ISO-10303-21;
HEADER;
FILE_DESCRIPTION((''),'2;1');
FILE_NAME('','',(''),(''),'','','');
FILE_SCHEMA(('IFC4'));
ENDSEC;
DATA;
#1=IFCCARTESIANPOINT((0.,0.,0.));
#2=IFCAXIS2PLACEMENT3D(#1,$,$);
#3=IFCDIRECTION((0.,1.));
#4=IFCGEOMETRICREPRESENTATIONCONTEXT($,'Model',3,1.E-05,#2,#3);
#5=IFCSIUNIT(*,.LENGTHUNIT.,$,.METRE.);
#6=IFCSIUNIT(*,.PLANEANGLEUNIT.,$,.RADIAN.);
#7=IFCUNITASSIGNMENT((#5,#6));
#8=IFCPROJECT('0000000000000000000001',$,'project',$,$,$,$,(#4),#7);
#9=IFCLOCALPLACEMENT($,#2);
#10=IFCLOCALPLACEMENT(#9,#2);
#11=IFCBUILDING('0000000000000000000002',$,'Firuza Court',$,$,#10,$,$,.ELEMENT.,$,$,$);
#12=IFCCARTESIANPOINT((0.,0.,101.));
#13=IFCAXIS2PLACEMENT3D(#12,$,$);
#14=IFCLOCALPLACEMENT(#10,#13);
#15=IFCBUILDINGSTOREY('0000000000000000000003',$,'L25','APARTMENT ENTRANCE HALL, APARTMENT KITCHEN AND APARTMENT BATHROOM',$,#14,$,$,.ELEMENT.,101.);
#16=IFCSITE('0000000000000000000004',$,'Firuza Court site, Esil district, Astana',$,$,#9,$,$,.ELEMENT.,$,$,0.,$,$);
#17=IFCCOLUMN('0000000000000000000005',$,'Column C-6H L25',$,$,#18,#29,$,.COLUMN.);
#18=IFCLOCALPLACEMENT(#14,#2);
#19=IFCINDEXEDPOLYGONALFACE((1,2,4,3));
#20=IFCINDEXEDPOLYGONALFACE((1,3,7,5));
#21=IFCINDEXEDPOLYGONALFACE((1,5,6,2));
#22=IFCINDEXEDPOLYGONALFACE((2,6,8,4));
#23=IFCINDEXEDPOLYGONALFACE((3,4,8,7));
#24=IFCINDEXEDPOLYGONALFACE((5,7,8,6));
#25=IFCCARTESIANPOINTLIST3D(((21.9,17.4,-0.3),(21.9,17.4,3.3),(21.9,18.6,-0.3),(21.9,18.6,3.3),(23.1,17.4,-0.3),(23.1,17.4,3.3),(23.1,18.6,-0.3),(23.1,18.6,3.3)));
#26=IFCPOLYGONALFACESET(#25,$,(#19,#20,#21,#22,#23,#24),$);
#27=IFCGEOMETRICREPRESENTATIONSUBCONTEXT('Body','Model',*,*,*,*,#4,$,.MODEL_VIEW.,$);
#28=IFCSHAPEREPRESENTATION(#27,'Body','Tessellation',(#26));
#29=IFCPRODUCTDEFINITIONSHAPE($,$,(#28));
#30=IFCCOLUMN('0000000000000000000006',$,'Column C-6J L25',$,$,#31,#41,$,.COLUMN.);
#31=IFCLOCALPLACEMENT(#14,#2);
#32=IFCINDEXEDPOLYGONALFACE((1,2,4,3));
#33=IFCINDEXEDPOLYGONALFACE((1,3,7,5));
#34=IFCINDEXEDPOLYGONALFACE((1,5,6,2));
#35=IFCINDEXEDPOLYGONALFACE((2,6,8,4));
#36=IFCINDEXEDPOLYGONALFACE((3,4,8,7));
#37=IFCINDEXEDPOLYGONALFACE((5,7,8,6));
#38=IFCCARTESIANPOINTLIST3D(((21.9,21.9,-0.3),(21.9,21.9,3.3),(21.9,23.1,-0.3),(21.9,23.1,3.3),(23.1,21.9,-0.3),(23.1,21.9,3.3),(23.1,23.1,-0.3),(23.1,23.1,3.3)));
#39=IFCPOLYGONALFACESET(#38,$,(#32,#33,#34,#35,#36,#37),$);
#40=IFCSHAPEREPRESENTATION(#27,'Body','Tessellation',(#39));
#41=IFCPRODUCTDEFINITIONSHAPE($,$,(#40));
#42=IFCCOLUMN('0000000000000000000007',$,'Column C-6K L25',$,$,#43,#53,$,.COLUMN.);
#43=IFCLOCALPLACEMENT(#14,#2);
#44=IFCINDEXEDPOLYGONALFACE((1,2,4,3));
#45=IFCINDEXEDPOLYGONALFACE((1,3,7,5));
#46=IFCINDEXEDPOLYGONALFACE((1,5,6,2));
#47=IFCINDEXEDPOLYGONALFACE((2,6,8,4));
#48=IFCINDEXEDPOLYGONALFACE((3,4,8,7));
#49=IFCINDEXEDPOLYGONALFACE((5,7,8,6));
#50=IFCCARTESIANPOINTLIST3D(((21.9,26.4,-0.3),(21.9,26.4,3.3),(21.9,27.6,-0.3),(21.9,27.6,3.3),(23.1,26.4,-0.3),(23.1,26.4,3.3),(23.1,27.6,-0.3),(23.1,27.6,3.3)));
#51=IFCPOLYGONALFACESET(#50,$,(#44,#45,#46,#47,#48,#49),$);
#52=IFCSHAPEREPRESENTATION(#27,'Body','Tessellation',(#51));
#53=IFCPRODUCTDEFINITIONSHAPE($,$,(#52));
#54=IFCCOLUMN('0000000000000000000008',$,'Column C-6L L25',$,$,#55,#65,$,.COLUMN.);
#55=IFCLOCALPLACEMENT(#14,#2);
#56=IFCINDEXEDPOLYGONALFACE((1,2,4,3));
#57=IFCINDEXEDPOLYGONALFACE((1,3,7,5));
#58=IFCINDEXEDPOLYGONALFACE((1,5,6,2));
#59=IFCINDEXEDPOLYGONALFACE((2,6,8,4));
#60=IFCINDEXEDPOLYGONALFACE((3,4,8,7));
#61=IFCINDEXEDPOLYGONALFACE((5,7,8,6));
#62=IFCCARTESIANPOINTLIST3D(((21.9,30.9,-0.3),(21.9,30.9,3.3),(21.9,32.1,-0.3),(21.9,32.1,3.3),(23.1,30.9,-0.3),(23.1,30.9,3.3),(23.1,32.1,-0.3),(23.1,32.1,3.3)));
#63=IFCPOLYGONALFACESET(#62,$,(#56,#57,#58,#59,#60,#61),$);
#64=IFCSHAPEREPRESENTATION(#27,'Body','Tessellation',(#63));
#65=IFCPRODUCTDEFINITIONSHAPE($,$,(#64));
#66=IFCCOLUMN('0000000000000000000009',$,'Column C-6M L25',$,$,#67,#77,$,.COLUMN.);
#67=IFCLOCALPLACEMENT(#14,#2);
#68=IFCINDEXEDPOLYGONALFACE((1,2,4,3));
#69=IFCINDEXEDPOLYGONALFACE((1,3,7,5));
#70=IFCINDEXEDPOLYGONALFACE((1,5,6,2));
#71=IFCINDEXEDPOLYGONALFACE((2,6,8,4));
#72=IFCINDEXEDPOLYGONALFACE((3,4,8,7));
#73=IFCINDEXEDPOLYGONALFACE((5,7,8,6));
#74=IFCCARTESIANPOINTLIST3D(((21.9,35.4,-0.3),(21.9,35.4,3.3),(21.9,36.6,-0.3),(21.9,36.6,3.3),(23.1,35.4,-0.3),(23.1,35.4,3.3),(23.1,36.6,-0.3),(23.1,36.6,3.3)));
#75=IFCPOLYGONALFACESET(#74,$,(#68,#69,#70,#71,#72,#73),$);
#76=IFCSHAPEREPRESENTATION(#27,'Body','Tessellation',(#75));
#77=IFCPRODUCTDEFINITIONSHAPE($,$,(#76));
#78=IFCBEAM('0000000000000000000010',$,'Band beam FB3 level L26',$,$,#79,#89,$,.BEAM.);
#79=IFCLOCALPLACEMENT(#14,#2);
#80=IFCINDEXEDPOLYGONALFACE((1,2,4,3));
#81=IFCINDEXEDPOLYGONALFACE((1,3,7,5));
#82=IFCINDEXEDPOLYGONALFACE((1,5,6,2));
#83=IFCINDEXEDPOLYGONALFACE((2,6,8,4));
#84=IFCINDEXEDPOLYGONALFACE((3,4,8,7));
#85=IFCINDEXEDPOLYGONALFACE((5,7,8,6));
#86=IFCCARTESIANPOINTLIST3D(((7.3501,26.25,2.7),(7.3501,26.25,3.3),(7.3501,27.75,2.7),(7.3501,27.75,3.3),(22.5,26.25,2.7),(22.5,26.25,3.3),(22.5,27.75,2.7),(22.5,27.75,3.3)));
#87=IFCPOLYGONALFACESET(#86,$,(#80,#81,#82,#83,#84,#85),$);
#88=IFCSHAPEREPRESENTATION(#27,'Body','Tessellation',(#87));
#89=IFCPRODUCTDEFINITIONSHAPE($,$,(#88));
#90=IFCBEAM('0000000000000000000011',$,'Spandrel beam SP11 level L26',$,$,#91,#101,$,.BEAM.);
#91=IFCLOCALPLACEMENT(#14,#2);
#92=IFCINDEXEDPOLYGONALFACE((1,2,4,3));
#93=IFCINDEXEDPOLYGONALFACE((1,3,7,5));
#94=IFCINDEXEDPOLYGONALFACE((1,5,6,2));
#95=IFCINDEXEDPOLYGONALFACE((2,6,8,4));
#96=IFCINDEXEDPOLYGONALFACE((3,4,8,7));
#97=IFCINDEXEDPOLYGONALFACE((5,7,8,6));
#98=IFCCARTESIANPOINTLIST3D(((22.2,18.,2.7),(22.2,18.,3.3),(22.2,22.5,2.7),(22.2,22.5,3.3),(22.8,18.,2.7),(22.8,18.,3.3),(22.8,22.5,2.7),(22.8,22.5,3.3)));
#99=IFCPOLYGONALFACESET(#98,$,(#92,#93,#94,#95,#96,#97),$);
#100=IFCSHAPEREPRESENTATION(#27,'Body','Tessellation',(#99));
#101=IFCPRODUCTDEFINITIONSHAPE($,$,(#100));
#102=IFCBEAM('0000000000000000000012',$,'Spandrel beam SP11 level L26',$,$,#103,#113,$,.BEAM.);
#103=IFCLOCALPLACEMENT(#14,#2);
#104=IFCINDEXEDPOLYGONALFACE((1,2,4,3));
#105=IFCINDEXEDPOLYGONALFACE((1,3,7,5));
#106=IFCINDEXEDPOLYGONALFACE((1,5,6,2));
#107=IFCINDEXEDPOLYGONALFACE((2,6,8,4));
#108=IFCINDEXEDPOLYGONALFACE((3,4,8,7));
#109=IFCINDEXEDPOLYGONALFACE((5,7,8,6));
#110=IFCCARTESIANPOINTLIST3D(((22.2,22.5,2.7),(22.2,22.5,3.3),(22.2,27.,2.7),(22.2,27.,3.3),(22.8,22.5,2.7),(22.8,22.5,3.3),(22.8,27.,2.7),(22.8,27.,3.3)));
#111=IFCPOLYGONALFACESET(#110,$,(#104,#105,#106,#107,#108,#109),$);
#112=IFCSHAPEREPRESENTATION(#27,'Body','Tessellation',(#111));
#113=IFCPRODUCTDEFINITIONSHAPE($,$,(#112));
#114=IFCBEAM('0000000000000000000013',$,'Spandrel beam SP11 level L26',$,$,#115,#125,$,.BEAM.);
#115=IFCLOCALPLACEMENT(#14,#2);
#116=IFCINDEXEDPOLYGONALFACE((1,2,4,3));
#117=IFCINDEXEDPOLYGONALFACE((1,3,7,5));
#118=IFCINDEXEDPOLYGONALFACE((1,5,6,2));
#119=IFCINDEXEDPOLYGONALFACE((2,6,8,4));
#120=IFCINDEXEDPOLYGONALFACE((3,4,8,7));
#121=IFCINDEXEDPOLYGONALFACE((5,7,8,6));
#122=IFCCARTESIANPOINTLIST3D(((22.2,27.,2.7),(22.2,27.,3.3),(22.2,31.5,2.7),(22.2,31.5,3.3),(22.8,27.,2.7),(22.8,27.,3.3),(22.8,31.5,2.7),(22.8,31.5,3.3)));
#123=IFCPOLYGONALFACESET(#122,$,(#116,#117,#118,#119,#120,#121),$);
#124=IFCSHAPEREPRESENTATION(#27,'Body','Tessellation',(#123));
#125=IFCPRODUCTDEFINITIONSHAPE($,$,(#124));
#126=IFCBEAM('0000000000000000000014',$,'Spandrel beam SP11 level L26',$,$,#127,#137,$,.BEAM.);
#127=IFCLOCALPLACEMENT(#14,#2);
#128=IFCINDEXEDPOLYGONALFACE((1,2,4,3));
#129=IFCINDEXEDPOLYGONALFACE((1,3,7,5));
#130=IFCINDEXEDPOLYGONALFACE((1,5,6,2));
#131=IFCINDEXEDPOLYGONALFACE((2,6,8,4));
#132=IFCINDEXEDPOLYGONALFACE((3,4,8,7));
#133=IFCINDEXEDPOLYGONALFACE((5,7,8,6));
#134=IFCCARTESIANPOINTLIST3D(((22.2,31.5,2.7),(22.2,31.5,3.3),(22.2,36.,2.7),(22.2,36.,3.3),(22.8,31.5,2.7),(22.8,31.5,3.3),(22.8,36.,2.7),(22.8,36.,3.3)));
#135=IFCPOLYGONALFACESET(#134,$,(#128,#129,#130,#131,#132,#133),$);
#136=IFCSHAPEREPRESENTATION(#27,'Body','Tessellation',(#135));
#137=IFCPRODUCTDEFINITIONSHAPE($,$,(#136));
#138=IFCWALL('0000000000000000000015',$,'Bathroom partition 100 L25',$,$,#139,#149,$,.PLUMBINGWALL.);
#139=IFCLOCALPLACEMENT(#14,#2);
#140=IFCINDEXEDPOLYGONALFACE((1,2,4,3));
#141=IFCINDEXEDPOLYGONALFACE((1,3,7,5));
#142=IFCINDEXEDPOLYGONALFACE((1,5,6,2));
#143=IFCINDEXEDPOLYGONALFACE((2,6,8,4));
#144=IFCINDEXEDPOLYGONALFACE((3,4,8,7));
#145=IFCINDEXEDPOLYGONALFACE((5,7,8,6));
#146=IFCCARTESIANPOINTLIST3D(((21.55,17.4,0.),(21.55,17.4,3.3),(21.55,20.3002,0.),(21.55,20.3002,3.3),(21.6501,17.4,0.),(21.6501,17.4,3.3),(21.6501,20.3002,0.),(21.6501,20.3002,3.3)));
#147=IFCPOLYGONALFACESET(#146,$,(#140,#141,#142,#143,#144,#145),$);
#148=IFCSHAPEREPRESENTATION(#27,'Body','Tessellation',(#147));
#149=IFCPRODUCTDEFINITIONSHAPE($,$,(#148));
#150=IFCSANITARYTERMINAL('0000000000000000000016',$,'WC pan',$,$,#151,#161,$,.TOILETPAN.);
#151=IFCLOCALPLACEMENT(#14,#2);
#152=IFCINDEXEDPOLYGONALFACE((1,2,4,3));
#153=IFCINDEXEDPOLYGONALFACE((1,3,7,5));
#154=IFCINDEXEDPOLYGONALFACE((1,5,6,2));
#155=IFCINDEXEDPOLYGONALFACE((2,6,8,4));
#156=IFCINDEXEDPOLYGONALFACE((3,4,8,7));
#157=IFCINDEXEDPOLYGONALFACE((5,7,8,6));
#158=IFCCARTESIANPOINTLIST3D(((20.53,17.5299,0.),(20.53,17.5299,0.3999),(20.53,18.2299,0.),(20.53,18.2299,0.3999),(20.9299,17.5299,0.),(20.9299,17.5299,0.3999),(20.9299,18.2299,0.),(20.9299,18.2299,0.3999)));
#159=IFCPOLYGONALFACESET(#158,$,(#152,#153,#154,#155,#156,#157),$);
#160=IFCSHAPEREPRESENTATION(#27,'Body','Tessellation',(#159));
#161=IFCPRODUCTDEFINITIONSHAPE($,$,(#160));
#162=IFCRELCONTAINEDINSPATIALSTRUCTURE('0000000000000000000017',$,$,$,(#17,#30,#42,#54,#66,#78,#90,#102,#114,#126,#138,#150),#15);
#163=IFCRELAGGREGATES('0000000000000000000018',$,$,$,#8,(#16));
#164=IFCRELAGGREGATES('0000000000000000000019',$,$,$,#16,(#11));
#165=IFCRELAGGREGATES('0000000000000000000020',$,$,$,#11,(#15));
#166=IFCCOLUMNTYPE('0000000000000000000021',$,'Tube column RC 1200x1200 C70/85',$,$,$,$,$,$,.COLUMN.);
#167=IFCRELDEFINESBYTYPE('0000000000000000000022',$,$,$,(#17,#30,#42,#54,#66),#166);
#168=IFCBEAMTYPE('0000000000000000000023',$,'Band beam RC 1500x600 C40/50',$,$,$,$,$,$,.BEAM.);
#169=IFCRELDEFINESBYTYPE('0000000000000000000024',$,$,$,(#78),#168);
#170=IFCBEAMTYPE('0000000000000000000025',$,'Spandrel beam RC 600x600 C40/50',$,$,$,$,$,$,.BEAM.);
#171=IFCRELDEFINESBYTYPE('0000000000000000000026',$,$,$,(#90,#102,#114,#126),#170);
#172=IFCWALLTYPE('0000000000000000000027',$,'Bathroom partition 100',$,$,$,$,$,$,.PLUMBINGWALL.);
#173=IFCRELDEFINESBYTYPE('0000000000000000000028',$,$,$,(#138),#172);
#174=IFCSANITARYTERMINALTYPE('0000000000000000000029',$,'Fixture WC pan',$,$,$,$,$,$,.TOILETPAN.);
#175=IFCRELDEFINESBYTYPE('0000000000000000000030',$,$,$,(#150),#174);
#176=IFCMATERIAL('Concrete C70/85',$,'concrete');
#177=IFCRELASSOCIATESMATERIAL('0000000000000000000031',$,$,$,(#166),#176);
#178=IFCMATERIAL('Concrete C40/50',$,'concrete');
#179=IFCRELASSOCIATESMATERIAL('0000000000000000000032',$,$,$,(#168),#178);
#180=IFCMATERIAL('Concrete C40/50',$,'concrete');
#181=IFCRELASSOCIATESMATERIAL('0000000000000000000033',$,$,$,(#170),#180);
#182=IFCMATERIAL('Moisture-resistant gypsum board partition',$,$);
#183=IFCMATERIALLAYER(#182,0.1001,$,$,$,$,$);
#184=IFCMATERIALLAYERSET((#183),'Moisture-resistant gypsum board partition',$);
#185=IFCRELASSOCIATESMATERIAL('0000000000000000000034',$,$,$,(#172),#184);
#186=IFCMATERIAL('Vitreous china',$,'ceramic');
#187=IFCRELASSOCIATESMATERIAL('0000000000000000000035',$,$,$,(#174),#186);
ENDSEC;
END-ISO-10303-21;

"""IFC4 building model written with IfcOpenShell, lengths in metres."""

from ifc_helpers import new_model, si_unit, direction, frame, frame_2d, origin, origin_2d, place, context, subcontext, project, spatial, rectangle, extrude, material, layer, layer_set, material_profile, profile_set, type_object, element, save


model = new_model("IFC4")

# Units and contexts
model_context = context("Model", 3, precision=1e-05, world=origin(), true_north=direction((0.0, 1.0)))
body_context = subcontext(model_context, "Body", "Model", "MODEL_VIEW")
ifc_project = project(units=[si_unit("LENGTHUNIT", "METRE"), si_unit("PLANEANGLEUNIT", "RADIAN")], contexts=[model_context])

# Site, building, storey
site_placement = place(None, origin())
site = spatial("IfcSite", under=ifc_project, at=site_placement, Name="Firuza Court site, Esil district, Astana", CompositionType="ELEMENT", RefElevation=0.0)
building_placement = place(site_placement, origin())
building = spatial("IfcBuilding", under=site, at=building_placement, Name="Firuza Court", CompositionType="ELEMENT")
storey_placement = place(building_placement, frame((0.0, 0.0, 101.0)))
storey = spatial("IfcBuildingStorey", under=building, at=storey_placement, Name="L25", Description="APARTMENT ENTRANCE HALL, APARTMENT KITCHEN AND APARTMENT BATHROOM", CompositionType="ELEMENT", Elevation=101.0)

# Columns
ifc_material_1 = material(Name="Concrete C70/85", Category="concrete")
ifc_material_profile_1 = material_profile(ifc_material_1, rectangle(XDim=1.2, YDim=1.2, at=origin_2d()), Name="RC 1200x1200")
ifc_profile_set_1 = profile_set([ifc_material_profile_1], Name="Concrete C70/85")
column_type = type_object("IfcColumnType", Name="Tube column RC 1200x1200 C70/85", PredefinedType="COLUMN", material=ifc_profile_set_1)
for number, where, z_axis, x_axis, name in (
    (1, (22.5, 18.0, -0.3), (0.0, 0.0, 1.0), (1.0, 0.0, 0.0), "Column C-6H L25"),
    (2, (22.5, 22.5, -0.3), (0.0, 0.0, 1.0), (1.0, 0.0, 0.0), "Column C-6J L25"),
    (3, (22.5, 27.0, -0.3), (0.0, 0.0, 1.0), (1.0, 0.0, 0.0), "Column C-6K L25"),
    (4, (22.5, 31.5, -0.3), (0.0, 0.0, 1.0), (1.0, 0.0, 0.0), "Column C-6L L25"),
    (5, (22.5, 36.0, -0.3), (0.0, 0.0, 1.0), (1.0, 0.0, 0.0), "Column C-6M L25"),
):
    element("IfcColumn", number, at=place(storey_placement, frame(where, z_axis=z_axis, x_axis=x_axis)), inside=storey, type_object=column_type, Name=name, PredefinedType="COLUMN", context=body_context, shape_type="SweptSolid", body=[
        extrude(rectangle(XDim=1.2, YDim=1.2, at=origin_2d()), origin(), (0.0, 0.0, 1.0), 3.6001),
    ])

# Beams
ifc_material_2 = material(Name="Concrete C40/50", Category="concrete")
ifc_material_profile_2 = material_profile(ifc_material_2, rectangle(XDim=1.5, YDim=0.6001, at=origin_2d()), Name="RC 1500x600")
ifc_profile_set_2 = profile_set([ifc_material_profile_2], Name="Concrete C40/50")
beam_type_1 = type_object("IfcBeamType", Name="Band beam RC 1500x600 C40/50", PredefinedType="BEAM", material=ifc_profile_set_2)
beam_placement = place(storey_placement, frame((22.5, 27.0, 3.0), z_axis=(-1.0, 0.0, 0.0), x_axis=(0.0, -1.0, 0.0)))
element("IfcBeam", 6, at=beam_placement, inside=storey, type_object=beam_type_1, Name="Band beam FB3 level L26", PredefinedType="BEAM", context=body_context, shape_type="SweptSolid", body=[
    extrude(rectangle(XDim=1.5, YDim=0.6001, at=origin_2d()), origin(), (0.0, 0.0, 1.0), 15.1499),
])
ifc_material_3 = material(Name="Concrete C40/50", Category="concrete")
ifc_material_profile_3 = material_profile(ifc_material_3, rectangle(XDim=0.6001, YDim=0.6001, at=origin_2d()), Name="RC 600x600")
ifc_profile_set_3 = profile_set([ifc_material_profile_3], Name="Concrete C40/50")
beam_type_2 = type_object("IfcBeamType", Name="Spandrel beam RC 600x600 C40/50", PredefinedType="BEAM", material=ifc_profile_set_3)
for number, where, z_axis, x_axis, name in (
    (7, (22.5, 18.0, 3.0), (0.0, 1.0, 0.0), (-1.0, 0.0, 0.0), "Spandrel beam SP11 level L26"),
    (8, (22.5, 22.5, 3.0), (0.0, 1.0, 0.0), (-1.0, 0.0, 0.0), "Spandrel beam SP11 level L26"),
    (9, (22.5, 27.0, 3.0), (0.0, 1.0, 0.0), (-1.0, 0.0, 0.0), "Spandrel beam SP11 level L26"),
    (10, (22.5, 31.5, 3.0), (0.0, 1.0, 0.0), (-1.0, 0.0, 0.0), "Spandrel beam SP11 level L26"),
):
    element("IfcBeam", number, at=place(storey_placement, frame(where, z_axis=z_axis, x_axis=x_axis)), inside=storey, type_object=beam_type_2, Name=name, PredefinedType="BEAM", context=body_context, shape_type="SweptSolid", body=[
        extrude(rectangle(XDim=0.6001, YDim=0.6001, at=origin_2d()), origin(), (0.0, 0.0, 1.0), 4.5),
    ])

# Wall
ifc_material_4 = material(Name="Moisture-resistant gypsum board partition")
ifc_layer = layer(ifc_material_4, 0.1001)
ifc_layer_set = layer_set([ifc_layer], Name="Moisture-resistant gypsum board partition")
wall_type = type_object("IfcWallType", Name="Bathroom partition 100", PredefinedType="PLUMBINGWALL", material=ifc_layer_set)
wall_placement = place(storey_placement, frame((21.6001, 17.3999, 0.0), z_axis=(0.0, 0.0, 1.0), x_axis=(0.0, 1.0, 0.0)))
element("IfcWall", 11, at=wall_placement, inside=storey, type_object=wall_type, Name="Bathroom partition 100 L25", PredefinedType="PLUMBINGWALL", context=body_context, shape_type="SweptSolid", body=[
    extrude(rectangle(XDim=2.9001, YDim=0.1001, at=frame_2d((1.4502, 0.0))), origin(), (0.0, 0.0, 1.0), 3.3),
])

# Sanitary terminal
ifc_material_5 = material(Name="Vitreous china", Category="ceramic")
sanitary_terminal_type = type_object("IfcSanitaryTerminalType", Name="Fixture WC pan", PredefinedType="TOILETPAN", material=ifc_material_5)
sanitary_terminal_placement = place(storey_placement, frame((20.73, 17.8799, 0.0), z_axis=(0.0, 0.0, 1.0), x_axis=(1.0, 0.0, 0.0)))
element("IfcSanitaryTerminal", 12, at=sanitary_terminal_placement, inside=storey, type_object=sanitary_terminal_type, Name="WC pan", PredefinedType="TOILETPAN", context=body_context, shape_type="SweptSolid", body=[
    extrude(rectangle(XDim=0.3999, YDim=0.7, at=origin_2d()), origin(), (0.0, 0.0, 1.0), 0.3999),
])

save(model, "model.ifc")
